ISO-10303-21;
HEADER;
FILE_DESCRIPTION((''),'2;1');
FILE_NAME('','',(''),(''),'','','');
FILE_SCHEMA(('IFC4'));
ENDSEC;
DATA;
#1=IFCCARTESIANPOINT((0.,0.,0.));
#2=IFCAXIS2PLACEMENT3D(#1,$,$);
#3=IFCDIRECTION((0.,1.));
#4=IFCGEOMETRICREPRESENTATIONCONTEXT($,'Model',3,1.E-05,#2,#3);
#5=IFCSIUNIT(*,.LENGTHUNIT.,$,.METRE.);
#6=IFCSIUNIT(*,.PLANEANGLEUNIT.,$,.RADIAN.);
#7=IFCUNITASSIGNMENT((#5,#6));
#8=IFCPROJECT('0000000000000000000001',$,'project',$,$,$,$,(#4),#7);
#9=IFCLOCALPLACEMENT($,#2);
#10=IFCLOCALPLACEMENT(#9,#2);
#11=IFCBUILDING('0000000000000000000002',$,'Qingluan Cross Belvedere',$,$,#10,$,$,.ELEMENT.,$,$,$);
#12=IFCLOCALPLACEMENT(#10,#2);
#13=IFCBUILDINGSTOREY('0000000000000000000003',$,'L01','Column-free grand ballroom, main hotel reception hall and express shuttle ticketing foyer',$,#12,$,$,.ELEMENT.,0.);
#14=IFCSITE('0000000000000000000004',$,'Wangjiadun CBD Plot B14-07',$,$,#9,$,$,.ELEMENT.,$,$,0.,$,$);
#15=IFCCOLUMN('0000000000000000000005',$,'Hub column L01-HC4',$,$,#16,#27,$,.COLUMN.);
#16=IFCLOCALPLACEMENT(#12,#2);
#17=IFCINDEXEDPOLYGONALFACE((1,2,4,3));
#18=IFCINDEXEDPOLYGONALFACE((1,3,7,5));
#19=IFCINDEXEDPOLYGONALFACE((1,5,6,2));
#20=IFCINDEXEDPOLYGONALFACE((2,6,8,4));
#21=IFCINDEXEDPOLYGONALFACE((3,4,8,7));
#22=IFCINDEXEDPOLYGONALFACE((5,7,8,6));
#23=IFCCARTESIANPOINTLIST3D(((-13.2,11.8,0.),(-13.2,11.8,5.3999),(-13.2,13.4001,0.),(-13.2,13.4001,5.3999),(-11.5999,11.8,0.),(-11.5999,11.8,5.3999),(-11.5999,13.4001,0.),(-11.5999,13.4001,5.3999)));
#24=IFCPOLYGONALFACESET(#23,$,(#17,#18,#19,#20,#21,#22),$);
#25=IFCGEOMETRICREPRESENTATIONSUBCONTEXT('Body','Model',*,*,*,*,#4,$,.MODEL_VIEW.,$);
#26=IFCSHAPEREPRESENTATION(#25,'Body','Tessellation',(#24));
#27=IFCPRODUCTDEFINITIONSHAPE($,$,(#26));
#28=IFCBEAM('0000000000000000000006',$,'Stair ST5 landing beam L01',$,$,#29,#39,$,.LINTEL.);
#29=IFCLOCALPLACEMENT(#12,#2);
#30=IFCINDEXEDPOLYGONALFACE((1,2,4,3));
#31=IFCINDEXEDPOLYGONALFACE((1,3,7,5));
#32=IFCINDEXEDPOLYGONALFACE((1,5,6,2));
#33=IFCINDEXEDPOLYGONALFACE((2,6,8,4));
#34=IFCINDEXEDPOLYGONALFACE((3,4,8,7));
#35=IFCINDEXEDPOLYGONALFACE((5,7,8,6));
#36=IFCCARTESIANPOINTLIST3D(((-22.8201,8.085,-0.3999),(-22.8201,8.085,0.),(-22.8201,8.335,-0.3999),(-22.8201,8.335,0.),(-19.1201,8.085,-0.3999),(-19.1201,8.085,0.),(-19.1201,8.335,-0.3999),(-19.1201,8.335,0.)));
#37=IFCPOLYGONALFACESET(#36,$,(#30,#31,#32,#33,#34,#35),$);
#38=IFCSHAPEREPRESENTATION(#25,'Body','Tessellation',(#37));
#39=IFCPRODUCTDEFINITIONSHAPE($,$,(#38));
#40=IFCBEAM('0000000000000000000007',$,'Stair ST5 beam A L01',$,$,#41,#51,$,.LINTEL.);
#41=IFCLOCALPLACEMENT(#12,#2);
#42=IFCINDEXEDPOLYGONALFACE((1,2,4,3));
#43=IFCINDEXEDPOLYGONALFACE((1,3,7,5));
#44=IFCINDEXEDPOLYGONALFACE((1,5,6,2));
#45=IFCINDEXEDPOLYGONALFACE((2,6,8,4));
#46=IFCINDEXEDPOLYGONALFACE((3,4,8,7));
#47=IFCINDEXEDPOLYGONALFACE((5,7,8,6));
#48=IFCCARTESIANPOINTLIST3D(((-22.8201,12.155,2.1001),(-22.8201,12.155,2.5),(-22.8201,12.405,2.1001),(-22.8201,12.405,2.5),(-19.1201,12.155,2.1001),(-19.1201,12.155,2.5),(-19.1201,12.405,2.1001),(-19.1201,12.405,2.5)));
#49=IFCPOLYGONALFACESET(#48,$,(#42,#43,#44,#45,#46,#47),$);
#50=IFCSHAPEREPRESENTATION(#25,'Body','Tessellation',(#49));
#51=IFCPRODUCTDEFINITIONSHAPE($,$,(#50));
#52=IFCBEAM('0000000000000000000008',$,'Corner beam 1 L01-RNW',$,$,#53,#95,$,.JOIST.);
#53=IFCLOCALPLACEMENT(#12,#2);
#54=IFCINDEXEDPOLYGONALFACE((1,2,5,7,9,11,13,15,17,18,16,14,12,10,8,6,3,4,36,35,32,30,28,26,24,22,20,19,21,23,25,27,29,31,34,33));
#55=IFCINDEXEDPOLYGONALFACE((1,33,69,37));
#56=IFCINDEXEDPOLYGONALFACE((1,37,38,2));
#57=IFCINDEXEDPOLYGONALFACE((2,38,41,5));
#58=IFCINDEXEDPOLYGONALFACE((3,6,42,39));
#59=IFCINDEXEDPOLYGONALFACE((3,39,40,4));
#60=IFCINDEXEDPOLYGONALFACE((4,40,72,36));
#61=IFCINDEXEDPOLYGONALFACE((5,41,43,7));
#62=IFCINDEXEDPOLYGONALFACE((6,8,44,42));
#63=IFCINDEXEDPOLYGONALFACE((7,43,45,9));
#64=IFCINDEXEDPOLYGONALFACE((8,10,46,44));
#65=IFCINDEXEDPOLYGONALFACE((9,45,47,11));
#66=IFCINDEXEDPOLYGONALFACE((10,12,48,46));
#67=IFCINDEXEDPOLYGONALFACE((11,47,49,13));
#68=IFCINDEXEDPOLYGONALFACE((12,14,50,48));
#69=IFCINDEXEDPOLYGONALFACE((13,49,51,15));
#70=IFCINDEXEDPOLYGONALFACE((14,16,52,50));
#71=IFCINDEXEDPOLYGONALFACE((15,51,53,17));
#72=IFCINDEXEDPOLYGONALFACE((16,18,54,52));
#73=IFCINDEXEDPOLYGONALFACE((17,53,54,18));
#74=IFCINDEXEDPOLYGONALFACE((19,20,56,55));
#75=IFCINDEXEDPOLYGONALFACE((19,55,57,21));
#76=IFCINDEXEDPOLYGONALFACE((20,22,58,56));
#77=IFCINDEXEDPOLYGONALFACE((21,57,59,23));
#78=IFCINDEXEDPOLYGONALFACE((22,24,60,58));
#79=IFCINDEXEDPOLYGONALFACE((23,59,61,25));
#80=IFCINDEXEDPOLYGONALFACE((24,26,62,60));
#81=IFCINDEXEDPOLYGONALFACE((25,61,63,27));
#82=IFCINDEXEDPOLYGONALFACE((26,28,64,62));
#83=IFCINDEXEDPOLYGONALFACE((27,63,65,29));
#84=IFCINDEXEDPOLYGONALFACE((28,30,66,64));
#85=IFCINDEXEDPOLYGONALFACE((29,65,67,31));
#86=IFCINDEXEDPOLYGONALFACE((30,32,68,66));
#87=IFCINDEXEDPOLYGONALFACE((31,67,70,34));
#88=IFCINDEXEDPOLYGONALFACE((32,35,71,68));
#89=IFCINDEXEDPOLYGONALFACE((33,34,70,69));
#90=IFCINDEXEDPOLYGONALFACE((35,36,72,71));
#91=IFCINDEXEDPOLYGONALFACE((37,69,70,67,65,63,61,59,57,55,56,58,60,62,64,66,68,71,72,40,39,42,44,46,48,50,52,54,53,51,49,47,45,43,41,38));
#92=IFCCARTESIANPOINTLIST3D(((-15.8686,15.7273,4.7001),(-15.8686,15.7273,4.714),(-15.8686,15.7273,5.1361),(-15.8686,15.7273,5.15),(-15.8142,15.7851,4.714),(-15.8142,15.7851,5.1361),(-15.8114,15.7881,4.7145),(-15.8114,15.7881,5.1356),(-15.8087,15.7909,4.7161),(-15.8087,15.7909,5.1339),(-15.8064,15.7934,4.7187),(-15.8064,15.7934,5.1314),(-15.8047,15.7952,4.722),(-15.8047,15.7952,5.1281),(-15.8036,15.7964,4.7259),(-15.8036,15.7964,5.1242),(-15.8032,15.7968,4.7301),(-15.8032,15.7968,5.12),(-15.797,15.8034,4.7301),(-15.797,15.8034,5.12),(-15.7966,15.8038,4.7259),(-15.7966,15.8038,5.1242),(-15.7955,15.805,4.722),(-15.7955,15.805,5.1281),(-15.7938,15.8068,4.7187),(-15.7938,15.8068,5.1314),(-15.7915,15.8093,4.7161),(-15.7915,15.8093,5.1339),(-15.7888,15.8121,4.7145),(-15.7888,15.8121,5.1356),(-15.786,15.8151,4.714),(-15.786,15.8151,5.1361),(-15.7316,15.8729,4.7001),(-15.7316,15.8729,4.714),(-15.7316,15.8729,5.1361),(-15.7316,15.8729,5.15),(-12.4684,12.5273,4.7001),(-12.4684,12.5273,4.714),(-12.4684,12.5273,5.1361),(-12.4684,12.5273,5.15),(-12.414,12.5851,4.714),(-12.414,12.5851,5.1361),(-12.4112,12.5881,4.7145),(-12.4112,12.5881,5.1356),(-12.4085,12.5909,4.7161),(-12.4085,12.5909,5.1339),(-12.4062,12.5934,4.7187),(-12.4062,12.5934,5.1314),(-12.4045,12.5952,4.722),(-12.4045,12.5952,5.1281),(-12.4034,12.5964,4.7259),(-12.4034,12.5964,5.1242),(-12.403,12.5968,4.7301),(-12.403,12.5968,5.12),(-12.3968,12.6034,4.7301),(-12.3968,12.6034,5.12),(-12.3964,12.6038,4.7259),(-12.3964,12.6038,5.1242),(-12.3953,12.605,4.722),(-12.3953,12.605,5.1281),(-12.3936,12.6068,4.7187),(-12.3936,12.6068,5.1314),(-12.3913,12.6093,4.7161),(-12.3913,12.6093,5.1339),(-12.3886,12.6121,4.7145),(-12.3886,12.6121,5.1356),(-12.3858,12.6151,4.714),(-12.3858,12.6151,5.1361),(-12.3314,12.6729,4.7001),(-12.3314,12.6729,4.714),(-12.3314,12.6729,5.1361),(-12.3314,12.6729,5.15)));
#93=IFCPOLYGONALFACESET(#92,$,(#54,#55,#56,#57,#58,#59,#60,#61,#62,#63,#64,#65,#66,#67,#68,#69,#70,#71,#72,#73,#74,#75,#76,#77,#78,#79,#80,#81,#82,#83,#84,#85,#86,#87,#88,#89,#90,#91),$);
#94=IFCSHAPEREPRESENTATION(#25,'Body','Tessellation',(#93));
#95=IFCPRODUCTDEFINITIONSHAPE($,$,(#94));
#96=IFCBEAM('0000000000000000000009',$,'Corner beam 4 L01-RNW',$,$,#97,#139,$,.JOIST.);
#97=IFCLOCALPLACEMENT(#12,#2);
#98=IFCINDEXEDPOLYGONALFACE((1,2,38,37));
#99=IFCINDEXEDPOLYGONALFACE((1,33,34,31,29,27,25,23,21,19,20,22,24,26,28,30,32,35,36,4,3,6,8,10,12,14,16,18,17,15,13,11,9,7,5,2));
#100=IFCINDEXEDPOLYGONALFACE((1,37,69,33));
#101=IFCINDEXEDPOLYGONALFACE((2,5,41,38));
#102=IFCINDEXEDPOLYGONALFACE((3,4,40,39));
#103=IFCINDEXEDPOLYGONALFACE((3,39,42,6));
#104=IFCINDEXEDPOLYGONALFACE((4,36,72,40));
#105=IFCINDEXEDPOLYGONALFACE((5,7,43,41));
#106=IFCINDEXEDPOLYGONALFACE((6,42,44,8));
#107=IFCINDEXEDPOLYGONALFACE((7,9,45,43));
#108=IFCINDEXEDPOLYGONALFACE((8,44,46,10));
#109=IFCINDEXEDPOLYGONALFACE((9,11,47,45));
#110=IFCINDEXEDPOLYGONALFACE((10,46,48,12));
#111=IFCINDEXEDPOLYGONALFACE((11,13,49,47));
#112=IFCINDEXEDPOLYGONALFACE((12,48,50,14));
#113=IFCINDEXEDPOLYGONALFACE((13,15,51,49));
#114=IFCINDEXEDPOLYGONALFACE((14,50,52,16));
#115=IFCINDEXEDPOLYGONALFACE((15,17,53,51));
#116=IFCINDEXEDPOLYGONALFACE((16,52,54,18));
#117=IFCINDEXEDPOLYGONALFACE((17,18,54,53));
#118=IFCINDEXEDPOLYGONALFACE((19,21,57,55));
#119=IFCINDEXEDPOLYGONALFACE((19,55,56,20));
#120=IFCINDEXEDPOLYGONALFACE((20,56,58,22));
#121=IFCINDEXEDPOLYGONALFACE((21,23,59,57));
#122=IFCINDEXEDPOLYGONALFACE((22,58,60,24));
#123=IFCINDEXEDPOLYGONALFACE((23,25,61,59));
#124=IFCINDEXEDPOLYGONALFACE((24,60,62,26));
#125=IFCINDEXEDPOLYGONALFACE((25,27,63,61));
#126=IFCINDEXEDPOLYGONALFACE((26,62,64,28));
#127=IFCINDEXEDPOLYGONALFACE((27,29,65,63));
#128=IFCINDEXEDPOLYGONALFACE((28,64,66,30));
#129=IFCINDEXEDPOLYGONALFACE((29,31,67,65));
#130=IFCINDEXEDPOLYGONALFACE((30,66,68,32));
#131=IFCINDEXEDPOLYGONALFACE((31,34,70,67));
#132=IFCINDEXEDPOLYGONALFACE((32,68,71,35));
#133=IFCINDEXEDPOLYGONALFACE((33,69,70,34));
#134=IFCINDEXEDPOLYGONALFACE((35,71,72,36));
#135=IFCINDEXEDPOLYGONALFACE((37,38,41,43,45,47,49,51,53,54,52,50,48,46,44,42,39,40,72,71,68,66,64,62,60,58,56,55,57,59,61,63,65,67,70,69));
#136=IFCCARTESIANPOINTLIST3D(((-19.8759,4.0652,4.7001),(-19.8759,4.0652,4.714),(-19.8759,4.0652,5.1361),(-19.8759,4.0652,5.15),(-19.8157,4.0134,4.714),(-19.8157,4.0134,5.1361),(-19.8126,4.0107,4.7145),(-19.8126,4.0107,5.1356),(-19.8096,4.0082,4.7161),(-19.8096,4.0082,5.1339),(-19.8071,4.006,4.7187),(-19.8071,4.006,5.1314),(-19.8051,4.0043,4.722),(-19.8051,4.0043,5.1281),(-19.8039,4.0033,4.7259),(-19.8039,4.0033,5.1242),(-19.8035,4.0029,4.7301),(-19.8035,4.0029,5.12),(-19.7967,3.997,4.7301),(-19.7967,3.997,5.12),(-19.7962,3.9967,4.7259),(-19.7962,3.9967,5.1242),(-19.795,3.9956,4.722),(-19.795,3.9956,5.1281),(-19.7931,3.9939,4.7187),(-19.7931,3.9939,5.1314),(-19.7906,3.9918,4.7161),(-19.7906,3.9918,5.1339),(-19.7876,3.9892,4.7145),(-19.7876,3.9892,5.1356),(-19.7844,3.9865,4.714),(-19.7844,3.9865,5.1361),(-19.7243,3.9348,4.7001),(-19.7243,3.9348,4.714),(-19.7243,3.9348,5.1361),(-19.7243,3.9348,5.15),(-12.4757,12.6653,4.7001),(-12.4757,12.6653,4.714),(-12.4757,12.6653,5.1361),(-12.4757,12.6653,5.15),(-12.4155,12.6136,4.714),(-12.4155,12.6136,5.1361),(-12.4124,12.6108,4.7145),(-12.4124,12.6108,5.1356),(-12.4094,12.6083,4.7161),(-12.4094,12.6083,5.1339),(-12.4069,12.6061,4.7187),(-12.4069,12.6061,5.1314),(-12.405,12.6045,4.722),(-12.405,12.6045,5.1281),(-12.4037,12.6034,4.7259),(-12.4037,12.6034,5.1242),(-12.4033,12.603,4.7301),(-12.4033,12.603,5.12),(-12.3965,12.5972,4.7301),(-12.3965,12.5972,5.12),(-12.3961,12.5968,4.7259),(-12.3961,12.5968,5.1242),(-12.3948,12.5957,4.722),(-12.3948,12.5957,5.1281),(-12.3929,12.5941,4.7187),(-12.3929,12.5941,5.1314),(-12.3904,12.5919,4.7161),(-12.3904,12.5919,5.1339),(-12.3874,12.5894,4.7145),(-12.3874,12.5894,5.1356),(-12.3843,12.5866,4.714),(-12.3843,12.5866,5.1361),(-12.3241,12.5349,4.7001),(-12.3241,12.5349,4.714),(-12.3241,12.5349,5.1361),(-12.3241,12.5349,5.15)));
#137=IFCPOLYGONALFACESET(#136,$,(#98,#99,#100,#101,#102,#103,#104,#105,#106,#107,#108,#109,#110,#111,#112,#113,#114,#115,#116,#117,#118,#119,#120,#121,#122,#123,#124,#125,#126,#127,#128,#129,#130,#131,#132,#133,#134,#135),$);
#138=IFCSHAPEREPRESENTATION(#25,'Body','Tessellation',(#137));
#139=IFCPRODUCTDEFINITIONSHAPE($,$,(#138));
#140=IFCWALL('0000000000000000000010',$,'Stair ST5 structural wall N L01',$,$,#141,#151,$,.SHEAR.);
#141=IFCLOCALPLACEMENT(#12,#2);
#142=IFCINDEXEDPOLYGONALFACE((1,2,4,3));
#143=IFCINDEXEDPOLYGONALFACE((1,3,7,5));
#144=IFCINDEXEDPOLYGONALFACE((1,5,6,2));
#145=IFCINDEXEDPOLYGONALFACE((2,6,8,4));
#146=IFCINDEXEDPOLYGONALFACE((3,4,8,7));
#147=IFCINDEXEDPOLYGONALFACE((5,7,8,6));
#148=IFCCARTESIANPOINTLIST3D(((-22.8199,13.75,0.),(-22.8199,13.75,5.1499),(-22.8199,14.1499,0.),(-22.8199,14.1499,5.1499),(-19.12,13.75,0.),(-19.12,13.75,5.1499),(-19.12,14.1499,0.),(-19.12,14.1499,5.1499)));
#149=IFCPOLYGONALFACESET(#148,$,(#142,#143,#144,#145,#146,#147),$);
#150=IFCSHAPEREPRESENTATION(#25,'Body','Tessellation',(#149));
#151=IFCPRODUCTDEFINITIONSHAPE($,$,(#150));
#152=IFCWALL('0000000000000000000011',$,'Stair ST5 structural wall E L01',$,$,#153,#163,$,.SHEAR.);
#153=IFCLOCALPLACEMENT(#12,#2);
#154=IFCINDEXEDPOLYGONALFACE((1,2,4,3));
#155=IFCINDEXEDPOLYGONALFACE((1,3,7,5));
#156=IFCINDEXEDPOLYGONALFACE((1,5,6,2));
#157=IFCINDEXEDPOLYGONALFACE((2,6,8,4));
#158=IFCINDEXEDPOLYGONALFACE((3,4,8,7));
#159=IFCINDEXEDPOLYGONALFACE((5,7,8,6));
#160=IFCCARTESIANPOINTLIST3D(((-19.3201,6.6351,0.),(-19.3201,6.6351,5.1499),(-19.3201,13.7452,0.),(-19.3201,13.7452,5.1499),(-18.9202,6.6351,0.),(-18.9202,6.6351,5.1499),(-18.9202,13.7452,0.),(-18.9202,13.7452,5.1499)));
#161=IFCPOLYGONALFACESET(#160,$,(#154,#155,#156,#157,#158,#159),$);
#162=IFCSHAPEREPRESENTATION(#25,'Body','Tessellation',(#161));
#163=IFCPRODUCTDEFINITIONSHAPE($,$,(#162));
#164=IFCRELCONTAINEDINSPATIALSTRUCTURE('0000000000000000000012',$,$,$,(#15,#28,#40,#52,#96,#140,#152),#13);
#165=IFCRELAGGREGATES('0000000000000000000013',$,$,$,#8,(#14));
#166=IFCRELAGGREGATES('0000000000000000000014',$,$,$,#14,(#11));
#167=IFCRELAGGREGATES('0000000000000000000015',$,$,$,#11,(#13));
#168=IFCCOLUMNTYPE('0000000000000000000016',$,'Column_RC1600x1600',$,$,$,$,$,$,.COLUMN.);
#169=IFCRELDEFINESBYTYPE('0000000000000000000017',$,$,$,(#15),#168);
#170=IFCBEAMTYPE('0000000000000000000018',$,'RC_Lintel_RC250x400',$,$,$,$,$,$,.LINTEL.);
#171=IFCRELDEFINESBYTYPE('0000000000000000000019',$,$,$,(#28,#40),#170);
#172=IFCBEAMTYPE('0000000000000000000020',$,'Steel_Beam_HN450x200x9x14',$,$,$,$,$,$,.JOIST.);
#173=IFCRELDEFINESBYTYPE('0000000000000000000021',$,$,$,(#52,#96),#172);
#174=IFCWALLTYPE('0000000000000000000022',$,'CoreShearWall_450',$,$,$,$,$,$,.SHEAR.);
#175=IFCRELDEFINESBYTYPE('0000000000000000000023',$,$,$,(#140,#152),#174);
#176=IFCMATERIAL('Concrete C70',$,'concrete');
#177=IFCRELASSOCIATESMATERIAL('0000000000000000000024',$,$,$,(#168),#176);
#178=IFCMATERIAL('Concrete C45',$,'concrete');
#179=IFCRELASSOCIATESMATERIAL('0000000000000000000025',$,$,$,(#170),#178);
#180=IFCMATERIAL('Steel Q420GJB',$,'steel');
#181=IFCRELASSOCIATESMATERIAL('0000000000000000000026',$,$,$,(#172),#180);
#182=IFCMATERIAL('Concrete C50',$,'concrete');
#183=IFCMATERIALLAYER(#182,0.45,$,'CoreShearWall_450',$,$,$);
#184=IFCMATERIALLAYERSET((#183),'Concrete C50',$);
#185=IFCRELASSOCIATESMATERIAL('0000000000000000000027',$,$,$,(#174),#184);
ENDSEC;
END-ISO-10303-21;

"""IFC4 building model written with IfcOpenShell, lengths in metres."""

from ifc_helpers import new_model, si_unit, direction, frame, frame_2d, origin, origin_2d, place, context, subcontext, project, spatial, rectangle, i_section, extrude, material, layer, layer_set, material_profile, profile_set, type_object, element, save


model = new_model("IFC4")

# Units and contexts
model_context = context("Model", 3, precision=1e-05, world=origin(), true_north=direction((0.0, 1.0)))
body_context = subcontext(model_context, "Body", "Model", "MODEL_VIEW")
ifc_project = project(units=[si_unit("LENGTHUNIT", "METRE"), si_unit("PLANEANGLEUNIT", "RADIAN")], contexts=[model_context])

# Site, building, storey
site_placement = place(None, origin())
site = spatial("IfcSite", under=ifc_project, at=site_placement, Name="Wangjiadun CBD Plot B14-07", CompositionType="ELEMENT", RefElevation=0.0)
building_placement = place(site_placement, origin())
building = spatial("IfcBuilding", under=site, at=building_placement, Name="Qingluan Cross Belvedere", CompositionType="ELEMENT")
storey_placement = place(building_placement, origin())
storey = spatial("IfcBuildingStorey", under=building, at=storey_placement, Name="L01", Description="Column-free grand ballroom, main hotel reception hall and express shuttle ticketing foyer", CompositionType="ELEMENT", Elevation=0.0)

# Column
ifc_material_1 = material(Name="Concrete C70", Category="concrete")
ifc_material_profile_1 = material_profile(ifc_material_1, rectangle(XDim=1.6001, YDim=1.6001, at=origin_2d()), Name="RC1600x1600")
ifc_profile_set_1 = profile_set([ifc_material_profile_1], Name="Concrete C70")
column_type = type_object("IfcColumnType", Name="Column_RC1600x1600", PredefinedType="COLUMN", material=ifc_profile_set_1)
column_placement = place(storey_placement, frame((-12.3999, 12.6001, 0.0), z_axis=(0.0, 0.0, 1.0), x_axis=(1.0, 0.0, 0.0)))
element("IfcColumn", 1, at=column_placement, inside=storey, type_object=column_type, Name="Hub column L01-HC4", PredefinedType="COLUMN", context=body_context, shape_type="SweptSolid", body=[
    extrude(rectangle(XDim=1.6001, YDim=1.6001, at=origin_2d()), origin(), (0.0, 0.0, 1.0), 5.3999),
])

# Beams
ifc_material_2 = material(Name="Concrete C45", Category="concrete")
ifc_material_profile_2 = material_profile(ifc_material_2, rectangle(XDim=0.25, YDim=0.3999, at=origin_2d()), Name="RC250x400")
ifc_profile_set_2 = profile_set([ifc_material_profile_2], Name="Concrete C45")
beam_type_1 = type_object("IfcBeamType", Name="RC_Lintel_RC250x400", PredefinedType="LINTEL", material=ifc_profile_set_2)
for number, where, z_axis, x_axis, name in (
    (2, (-22.8201, 8.21, -0.2), (1.0, 0.0, 0.0), (0.0, 1.0, 0.0), "Stair ST5 landing beam L01"),
    (3, (-22.8201, 12.28, 2.3), (1.0, 0.0, 0.0), (0.0, 1.0, 0.0), "Stair ST5 beam A L01"),
):
    element("IfcBeam", number, at=place(storey_placement, frame(where, z_axis=z_axis, x_axis=x_axis)), inside=storey, type_object=beam_type_1, Name=name, PredefinedType="LINTEL", context=body_context, shape_type="SweptSolid", body=[
        extrude(rectangle(XDim=0.25, YDim=0.3999, at=origin_2d()), origin(), (0.0, 0.0, 1.0), 3.7),
    ])
ifc_material_3 = material(Name="Steel Q420GJB", Category="steel")
ifc_material_profile_3 = material_profile(ifc_material_3, i_section(OverallWidth=0.2, OverallDepth=0.45, WebThickness=0.009, FlangeThickness=0.0139, FilletRadius=0.0161, at=origin_2d()), Name="HN450x200x9x14")
ifc_profile_set_3 = profile_set([ifc_material_profile_3], Name="Steel Q420GJB")
beam_type_2 = type_object("IfcBeamType", Name="Steel_Beam_HN450x200x9x14", PredefinedType="JOIST", material=ifc_profile_set_3)
beam_1_placement = place(storey_placement, frame((-12.3999, 12.6001, 4.925), z_axis=(-0.72822, 0.685343, 0.0), x_axis=(-0.685343, -0.72822, 0.0)))
element("IfcBeam", 4, at=beam_1_placement, inside=storey, type_object=beam_type_2, Name="Corner beam 1 L01-RNW", PredefinedType="JOIST", context=body_context, shape_type="SweptSolid", body=[
    extrude(i_section(OverallWidth=0.2, OverallDepth=0.45, WebThickness=0.009, FlangeThickness=0.0139, FilletRadius=0.0161, at=origin_2d()), origin(), (0.0, 0.0, 1.0), 4.6692),
])
beam_2_placement = place(storey_placement, frame((-12.3999, 12.6001, 4.925), z_axis=(-0.652245, -0.758008, 0.0), x_axis=(0.758008, -0.652245, 0.0)))
element("IfcBeam", 5, at=beam_2_placement, inside=storey, type_object=beam_type_2, Name="Corner beam 4 L01-RNW", PredefinedType="JOIST", context=body_context, shape_type="SweptSolid", body=[
    extrude(i_section(OverallWidth=0.2, OverallDepth=0.45, WebThickness=0.009, FlangeThickness=0.0139, FilletRadius=0.0161, at=origin_2d()), origin(), (0.0, 0.0, 1.0), 11.3457),
])

# Walls
ifc_material_4 = material(Name="Concrete C50", Category="concrete")
ifc_layer_1 = layer(ifc_material_4, 0.45, Name="CoreShearWall_450")
ifc_layer_set_1 = layer_set([ifc_layer_1], Name="Concrete C50")
wall_type_1 = type_object("IfcWallType", Name="CoreShearWall_450", PredefinedType="SHEAR", material=ifc_layer_set_1)
wall_1_placement = place(storey_placement, frame((-22.8201, 13.95, 0.0), z_axis=(0.0, 0.0, 1.0), x_axis=(1.0, 0.0, 0.0)))
element("IfcWall", 6, at=wall_1_placement, inside=storey, type_object=wall_type_1, Name="Stair ST5 structural wall N L01", PredefinedType="SHEAR", context=body_context, shape_type="SweptSolid", body=[
    extrude(rectangle(XDim=3.7, YDim=0.3999, at=frame_2d((1.8501, 0.0))), origin(), (0.0, 0.0, 1.0), 5.1499),
])
wall_2_placement = place(storey_placement, frame((-19.1201, 6.635, 0.0), z_axis=(0.0, 0.0, 1.0), x_axis=(0.0, 1.0, 0.0)))
element("IfcWall", 7, at=wall_2_placement, inside=storey, type_object=wall_type_1, Name="Stair ST5 structural wall E L01", PredefinedType="SHEAR", context=body_context, shape_type="SweptSolid", body=[
    extrude(rectangle(XDim=7.1101, YDim=0.3999, at=frame_2d((3.5552, 0.0))), origin(), (0.0, 0.0, 1.0), 5.1499),
])

save(model, "model.ifc")
